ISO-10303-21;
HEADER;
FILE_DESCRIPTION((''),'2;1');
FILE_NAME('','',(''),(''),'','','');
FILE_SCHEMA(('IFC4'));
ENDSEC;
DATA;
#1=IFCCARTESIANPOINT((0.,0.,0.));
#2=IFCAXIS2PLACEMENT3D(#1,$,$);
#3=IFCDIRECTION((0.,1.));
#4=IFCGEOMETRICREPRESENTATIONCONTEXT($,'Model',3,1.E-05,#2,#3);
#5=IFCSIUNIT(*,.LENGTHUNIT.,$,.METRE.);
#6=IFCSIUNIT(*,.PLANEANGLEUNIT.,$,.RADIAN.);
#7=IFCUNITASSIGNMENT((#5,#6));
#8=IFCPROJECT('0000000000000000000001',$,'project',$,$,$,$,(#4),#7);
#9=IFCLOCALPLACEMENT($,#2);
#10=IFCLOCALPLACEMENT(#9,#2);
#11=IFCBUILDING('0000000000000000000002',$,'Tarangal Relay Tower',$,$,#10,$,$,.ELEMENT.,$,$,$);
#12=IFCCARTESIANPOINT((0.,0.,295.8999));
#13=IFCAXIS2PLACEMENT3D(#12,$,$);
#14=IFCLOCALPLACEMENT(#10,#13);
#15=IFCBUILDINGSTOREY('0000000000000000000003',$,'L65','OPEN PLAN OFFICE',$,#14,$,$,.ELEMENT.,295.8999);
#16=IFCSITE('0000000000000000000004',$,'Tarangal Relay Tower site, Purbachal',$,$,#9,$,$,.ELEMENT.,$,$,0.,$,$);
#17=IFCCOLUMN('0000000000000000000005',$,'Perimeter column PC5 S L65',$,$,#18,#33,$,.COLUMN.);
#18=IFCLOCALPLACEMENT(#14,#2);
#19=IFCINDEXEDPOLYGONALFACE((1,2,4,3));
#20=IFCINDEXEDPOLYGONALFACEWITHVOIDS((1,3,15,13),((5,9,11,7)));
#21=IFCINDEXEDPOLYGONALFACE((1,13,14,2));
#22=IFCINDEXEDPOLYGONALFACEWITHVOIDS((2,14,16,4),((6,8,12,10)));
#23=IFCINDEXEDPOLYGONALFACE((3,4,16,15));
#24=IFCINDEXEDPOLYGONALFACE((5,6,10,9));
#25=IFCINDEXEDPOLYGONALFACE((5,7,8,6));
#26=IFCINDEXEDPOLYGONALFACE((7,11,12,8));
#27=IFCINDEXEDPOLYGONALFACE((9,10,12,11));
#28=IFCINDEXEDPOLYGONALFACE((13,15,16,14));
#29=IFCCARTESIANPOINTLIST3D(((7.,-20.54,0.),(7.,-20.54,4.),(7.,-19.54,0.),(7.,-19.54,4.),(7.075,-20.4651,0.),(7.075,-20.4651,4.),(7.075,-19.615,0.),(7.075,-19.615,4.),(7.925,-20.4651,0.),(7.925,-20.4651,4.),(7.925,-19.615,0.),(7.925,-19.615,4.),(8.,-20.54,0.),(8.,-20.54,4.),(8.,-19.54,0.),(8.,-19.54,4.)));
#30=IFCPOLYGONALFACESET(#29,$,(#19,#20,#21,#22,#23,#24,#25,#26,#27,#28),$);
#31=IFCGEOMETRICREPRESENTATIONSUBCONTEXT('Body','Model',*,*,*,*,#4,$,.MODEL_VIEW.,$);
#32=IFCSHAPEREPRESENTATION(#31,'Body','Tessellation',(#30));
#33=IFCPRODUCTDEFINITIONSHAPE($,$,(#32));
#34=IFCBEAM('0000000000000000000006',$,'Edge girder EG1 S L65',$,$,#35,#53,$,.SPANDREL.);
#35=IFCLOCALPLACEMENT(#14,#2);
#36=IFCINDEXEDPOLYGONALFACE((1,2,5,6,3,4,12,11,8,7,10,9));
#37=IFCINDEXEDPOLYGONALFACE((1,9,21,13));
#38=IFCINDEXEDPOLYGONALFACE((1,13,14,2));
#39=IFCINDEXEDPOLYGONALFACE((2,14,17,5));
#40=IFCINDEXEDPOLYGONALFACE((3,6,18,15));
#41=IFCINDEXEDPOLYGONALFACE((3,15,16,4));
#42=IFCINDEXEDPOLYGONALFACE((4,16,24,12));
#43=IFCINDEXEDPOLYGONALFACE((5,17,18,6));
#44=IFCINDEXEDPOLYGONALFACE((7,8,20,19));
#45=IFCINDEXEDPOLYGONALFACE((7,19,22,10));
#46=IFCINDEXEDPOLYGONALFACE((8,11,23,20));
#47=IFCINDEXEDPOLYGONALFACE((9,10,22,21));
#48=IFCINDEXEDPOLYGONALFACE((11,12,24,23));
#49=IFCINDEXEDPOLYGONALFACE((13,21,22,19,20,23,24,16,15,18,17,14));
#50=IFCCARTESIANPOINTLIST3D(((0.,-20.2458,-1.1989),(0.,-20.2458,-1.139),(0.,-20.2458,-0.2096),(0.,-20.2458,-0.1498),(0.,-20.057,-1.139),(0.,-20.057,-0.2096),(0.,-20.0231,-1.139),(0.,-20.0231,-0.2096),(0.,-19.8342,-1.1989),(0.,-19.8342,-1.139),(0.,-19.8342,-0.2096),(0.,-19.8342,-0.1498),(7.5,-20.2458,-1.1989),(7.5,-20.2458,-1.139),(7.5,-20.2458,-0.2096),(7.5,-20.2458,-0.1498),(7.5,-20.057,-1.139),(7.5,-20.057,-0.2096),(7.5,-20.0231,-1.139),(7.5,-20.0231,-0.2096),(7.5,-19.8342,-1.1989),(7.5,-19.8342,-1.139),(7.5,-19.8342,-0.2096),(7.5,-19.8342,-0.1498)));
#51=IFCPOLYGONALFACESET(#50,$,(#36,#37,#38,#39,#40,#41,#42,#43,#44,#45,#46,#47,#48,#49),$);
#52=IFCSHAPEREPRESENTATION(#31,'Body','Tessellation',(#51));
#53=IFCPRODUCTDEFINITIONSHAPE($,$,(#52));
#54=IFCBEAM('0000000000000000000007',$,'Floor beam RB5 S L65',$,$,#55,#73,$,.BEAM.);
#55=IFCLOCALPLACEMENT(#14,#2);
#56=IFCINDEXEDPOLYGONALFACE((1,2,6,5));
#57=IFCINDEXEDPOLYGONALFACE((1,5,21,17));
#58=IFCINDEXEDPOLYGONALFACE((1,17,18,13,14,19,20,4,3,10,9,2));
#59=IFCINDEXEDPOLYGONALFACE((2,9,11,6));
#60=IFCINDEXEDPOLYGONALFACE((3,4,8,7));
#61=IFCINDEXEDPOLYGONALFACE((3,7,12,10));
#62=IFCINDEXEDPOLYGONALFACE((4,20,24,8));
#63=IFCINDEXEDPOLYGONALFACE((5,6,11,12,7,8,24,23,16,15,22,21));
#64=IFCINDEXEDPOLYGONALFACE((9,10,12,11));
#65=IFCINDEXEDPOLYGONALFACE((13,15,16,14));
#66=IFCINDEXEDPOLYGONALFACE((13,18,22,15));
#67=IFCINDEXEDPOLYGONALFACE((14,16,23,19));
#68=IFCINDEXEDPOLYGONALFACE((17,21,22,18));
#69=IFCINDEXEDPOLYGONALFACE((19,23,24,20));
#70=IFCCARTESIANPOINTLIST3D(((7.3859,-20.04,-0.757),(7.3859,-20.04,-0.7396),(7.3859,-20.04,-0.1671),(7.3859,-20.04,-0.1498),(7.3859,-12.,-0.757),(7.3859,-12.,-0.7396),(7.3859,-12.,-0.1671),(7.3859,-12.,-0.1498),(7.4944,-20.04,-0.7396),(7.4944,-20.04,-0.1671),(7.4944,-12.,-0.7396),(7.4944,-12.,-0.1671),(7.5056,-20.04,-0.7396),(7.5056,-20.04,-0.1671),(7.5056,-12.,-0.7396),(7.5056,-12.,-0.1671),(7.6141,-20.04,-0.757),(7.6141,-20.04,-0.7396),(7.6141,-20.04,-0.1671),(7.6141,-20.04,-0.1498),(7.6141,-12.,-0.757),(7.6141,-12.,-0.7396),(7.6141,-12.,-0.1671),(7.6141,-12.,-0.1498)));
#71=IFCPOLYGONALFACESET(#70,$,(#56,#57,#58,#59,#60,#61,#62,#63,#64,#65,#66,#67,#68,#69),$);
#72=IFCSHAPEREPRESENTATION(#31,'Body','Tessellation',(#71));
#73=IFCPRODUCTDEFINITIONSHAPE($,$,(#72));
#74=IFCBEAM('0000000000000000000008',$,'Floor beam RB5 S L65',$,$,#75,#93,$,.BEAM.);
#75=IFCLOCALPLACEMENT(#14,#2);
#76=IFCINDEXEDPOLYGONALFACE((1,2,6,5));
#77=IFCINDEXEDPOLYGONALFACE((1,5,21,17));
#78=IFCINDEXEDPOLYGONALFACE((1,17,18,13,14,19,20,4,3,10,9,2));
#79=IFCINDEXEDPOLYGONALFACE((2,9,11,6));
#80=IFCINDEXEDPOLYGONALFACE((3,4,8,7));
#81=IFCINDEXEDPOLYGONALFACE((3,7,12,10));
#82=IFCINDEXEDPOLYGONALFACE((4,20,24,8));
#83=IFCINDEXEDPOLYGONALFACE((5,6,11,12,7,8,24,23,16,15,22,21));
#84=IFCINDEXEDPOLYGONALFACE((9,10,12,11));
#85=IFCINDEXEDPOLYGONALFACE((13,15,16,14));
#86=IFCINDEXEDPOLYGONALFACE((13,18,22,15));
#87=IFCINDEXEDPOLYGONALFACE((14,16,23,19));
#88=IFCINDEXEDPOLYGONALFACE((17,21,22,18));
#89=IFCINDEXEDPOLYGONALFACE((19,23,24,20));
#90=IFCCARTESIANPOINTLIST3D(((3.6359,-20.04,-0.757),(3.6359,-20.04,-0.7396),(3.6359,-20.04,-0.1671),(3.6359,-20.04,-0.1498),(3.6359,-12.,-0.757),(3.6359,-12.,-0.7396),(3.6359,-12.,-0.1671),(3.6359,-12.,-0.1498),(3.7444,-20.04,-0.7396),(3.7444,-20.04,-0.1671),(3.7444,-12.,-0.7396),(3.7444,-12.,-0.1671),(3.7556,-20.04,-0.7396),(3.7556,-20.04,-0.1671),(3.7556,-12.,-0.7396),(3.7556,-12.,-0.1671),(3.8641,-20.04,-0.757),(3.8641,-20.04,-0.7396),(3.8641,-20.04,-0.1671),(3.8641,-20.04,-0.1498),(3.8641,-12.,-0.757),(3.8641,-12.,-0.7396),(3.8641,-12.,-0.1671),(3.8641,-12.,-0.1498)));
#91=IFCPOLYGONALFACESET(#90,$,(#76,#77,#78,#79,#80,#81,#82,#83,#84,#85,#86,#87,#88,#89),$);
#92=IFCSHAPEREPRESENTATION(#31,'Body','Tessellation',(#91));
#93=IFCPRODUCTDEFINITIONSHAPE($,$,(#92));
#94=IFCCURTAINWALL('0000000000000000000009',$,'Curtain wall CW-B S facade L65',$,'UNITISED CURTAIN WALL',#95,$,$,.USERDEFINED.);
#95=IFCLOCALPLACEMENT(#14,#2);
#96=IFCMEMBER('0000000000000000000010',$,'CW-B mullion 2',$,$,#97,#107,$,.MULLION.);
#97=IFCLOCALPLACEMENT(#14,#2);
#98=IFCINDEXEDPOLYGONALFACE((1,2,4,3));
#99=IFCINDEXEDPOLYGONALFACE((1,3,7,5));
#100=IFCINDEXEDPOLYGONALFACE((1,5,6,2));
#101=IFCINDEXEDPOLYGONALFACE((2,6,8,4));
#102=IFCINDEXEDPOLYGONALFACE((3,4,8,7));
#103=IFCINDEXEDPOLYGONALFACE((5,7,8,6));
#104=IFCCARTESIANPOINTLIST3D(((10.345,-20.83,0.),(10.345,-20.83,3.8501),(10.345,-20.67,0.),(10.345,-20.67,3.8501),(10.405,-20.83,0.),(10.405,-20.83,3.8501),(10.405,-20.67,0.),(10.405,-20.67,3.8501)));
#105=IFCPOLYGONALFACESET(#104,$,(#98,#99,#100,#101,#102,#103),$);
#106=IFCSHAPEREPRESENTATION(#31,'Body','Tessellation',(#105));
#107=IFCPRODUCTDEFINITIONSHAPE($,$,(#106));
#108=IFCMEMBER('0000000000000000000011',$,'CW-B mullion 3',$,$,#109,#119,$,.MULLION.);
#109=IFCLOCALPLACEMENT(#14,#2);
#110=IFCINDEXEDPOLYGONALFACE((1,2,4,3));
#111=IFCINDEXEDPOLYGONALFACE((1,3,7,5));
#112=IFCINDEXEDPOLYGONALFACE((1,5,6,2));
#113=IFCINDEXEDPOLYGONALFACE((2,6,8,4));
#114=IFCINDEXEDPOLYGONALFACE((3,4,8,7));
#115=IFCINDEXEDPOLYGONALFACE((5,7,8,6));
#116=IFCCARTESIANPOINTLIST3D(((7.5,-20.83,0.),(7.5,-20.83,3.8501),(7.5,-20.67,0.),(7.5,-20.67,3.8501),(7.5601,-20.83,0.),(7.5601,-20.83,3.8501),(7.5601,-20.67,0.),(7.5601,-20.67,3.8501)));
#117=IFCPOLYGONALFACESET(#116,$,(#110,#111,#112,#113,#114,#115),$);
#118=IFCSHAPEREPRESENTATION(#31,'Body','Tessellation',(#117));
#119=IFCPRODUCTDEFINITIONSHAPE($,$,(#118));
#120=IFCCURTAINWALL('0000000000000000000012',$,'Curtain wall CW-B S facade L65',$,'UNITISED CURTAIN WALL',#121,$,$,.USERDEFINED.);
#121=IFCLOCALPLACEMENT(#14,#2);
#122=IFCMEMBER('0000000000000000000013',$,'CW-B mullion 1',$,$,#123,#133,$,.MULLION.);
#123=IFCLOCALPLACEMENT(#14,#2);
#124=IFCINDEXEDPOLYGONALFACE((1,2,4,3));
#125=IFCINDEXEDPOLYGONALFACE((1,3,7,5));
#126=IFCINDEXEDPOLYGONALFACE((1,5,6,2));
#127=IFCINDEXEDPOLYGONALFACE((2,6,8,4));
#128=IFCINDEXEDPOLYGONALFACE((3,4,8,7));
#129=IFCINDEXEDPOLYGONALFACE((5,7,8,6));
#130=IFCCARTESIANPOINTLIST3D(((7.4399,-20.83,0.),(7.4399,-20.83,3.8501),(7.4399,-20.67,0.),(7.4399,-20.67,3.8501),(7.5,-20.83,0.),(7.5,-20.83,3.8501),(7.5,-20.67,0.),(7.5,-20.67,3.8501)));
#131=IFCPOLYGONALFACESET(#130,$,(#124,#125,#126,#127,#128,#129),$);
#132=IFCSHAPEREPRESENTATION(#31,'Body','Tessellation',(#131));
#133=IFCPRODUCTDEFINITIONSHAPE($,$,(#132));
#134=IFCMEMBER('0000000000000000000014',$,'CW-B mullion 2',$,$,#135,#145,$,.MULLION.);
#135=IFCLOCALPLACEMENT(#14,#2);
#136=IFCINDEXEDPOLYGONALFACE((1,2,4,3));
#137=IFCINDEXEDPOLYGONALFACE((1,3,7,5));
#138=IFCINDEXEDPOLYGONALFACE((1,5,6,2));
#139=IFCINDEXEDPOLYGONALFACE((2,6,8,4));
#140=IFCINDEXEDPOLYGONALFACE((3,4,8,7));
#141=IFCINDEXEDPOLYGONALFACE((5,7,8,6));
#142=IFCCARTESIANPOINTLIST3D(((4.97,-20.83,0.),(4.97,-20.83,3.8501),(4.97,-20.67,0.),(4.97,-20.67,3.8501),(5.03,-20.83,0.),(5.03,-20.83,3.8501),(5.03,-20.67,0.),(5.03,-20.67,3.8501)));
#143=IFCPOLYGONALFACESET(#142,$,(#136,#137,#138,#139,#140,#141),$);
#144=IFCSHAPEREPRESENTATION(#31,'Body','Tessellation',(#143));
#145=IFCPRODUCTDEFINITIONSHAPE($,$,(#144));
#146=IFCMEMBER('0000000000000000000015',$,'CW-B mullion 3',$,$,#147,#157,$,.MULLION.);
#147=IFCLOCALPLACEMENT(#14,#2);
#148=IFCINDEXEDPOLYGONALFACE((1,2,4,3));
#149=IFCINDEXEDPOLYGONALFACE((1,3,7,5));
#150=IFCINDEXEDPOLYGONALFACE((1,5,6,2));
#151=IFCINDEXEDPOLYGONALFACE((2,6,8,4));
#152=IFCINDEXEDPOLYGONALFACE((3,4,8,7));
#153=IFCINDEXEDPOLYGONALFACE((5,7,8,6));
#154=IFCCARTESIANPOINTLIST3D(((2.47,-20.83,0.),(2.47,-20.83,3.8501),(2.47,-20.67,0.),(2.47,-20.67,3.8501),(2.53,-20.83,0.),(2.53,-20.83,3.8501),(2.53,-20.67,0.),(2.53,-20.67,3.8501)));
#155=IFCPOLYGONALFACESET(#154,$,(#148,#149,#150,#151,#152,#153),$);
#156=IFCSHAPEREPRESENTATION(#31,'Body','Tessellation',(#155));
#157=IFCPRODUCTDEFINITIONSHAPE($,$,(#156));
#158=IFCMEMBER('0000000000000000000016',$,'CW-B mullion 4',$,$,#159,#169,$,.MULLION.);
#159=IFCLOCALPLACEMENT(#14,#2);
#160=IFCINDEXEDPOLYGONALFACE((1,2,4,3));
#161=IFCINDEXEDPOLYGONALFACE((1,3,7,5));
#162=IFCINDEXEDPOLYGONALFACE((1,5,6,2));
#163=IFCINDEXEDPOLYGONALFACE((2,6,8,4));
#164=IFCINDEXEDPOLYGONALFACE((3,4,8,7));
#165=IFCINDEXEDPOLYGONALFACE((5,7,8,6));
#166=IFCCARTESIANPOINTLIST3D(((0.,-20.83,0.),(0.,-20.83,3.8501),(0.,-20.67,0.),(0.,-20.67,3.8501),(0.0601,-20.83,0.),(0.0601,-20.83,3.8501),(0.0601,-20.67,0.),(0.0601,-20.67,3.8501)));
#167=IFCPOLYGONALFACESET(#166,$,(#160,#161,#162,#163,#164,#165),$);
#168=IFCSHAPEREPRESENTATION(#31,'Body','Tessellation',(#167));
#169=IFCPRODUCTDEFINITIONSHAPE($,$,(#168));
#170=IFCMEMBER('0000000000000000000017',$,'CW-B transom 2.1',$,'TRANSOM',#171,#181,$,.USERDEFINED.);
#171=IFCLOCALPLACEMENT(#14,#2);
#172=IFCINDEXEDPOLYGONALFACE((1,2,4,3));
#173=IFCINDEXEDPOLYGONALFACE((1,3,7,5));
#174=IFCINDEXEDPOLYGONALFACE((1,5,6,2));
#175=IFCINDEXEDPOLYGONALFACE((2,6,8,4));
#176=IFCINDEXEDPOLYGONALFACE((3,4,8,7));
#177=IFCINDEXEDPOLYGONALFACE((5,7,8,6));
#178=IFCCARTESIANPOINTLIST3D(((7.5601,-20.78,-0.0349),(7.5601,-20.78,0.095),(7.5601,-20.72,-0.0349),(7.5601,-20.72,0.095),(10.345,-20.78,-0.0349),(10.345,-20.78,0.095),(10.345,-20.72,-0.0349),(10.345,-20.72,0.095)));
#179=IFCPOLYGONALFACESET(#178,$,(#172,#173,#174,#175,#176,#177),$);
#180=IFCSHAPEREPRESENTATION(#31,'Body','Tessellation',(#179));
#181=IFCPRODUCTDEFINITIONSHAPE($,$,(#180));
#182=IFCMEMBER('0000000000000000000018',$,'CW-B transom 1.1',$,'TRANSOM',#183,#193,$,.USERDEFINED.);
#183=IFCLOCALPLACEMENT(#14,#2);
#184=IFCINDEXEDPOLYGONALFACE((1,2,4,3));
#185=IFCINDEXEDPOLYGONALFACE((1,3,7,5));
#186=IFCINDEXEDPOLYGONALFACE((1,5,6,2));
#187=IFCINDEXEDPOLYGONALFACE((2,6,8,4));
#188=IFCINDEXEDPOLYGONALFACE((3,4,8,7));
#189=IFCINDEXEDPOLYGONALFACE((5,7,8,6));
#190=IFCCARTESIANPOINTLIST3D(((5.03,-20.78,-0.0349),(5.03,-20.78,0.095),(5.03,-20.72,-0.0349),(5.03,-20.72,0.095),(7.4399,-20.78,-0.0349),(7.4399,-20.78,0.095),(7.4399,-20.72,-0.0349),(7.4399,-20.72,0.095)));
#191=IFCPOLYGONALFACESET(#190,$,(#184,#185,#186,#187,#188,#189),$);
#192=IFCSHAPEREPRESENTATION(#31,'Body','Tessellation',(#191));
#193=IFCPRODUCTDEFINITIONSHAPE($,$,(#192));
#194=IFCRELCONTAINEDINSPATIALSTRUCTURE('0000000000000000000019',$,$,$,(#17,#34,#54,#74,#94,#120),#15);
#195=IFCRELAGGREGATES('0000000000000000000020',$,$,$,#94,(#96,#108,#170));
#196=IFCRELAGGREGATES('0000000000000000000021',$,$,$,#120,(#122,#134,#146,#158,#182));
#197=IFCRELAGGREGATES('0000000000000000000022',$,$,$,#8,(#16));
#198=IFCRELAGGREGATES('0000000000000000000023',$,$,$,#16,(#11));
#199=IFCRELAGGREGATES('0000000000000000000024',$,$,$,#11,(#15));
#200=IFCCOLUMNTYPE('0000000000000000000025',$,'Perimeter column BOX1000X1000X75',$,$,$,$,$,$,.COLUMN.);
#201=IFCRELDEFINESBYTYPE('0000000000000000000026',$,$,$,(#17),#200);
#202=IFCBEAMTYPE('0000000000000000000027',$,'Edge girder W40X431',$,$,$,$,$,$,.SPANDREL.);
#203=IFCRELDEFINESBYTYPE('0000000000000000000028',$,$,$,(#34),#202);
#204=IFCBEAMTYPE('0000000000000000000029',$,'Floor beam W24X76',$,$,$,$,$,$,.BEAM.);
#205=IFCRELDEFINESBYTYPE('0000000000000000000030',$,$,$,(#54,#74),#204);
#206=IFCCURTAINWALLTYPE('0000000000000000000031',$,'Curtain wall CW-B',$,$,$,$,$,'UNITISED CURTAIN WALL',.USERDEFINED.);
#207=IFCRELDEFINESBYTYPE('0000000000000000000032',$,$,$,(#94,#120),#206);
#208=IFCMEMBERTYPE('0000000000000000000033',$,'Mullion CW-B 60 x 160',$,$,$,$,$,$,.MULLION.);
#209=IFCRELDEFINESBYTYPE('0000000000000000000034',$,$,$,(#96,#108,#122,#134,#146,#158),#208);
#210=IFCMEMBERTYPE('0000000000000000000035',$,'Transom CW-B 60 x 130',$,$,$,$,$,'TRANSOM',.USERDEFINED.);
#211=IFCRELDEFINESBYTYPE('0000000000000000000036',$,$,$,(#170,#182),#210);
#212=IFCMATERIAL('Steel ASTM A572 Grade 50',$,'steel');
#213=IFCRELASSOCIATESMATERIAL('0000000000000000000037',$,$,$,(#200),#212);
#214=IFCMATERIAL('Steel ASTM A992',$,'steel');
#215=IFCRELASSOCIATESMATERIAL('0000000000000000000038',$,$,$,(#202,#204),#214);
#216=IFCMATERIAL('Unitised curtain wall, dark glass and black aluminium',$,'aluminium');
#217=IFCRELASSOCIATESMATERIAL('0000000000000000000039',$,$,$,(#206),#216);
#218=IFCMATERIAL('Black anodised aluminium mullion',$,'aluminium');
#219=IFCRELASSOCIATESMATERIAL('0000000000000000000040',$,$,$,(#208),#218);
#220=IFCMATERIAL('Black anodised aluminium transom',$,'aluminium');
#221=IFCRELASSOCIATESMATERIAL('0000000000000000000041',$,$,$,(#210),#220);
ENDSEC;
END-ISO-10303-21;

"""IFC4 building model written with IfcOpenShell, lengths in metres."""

from ifc_helpers import new_model, si_unit, direction, frame, origin, origin_2d, place, context, subcontext, project, spatial, rectangle, hollow_rectangle, i_section, extrude, material, material_profile, profile_set, type_object, element, aggregate, save


model = new_model("IFC4")

# Units and contexts
model_context = context("Model", 3, precision=1e-05, world=origin(), true_north=direction((0.0, 1.0)))
body_context = subcontext(model_context, "Body", "Model", "MODEL_VIEW")
ifc_project = project(units=[si_unit("LENGTHUNIT", "METRE"), si_unit("PLANEANGLEUNIT", "RADIAN")], contexts=[model_context])

# Site, building, storey
site_placement = place(None, origin())
site = spatial("IfcSite", under=ifc_project, at=site_placement, Name="Tarangal Relay Tower site, Purbachal", CompositionType="ELEMENT", RefElevation=0.0)
building_placement = place(site_placement, origin())
building = spatial("IfcBuilding", under=site, at=building_placement, Name="Tarangal Relay Tower", CompositionType="ELEMENT")
storey_placement = place(building_placement, frame((0.0, 0.0, 295.8999)))
storey = spatial("IfcBuildingStorey", under=building, at=storey_placement, Name="L65", Description="OPEN PLAN OFFICE", CompositionType="ELEMENT", Elevation=295.8999)

# Column
ifc_material_1 = material(Name="Steel ASTM A572 Grade 50", Category="steel")
ifc_material_profile_1 = material_profile(ifc_material_1, hollow_rectangle(XDim=1.0, YDim=1.0, WallThickness=0.075, at=origin_2d()), Name="BOX1000X1000X75")
ifc_profile_set_1 = profile_set([ifc_material_profile_1], Name="Steel ASTM A572 Grade 50")
column_type = type_object("IfcColumnType", Name="Perimeter column BOX1000X1000X75", PredefinedType="COLUMN", material=ifc_profile_set_1)
column_placement = place(storey_placement, frame((7.5, -20.04, 0.0), z_axis=(0.0, 0.0, 1.0), x_axis=(1.0, 0.0, 0.0)))
element("IfcColumn", 1, at=column_placement, inside=storey, type_object=column_type, Name="Perimeter column PC5 S L65", PredefinedType="COLUMN", context=body_context, shape_type="SweptSolid", body=[
    extrude(hollow_rectangle(XDim=1.0, YDim=1.0, WallThickness=0.075, at=origin_2d()), origin(), (0.0, 0.0, 1.0), 4.0),
])

# Beams
ifc_material_2 = material(Name="Steel ASTM A992", Category="steel")
ifc_material_profile_2 = material_profile(ifc_material_2, i_section(OverallWidth=0.4116, OverallDepth=1.0491, WebThickness=0.0339, FlangeThickness=0.0598, at=origin_2d()), Name="W40X431")
ifc_profile_set_2 = profile_set([ifc_material_profile_2], Name="Steel ASTM A992")
beam_type_1 = type_object("IfcBeamType", Name="Edge girder W40X431", PredefinedType="SPANDREL", material=ifc_profile_set_2)
beam_placement = place(storey_placement, frame((7.5, -20.04, -0.6743), z_axis=(-1.0, 0.0, 0.0), x_axis=(0.0, -1.0, 0.0)))
element("IfcBeam", 2, at=beam_placement, inside=storey, type_object=beam_type_1, Name="Edge girder EG1 S L65", PredefinedType="SPANDREL", context=body_context, shape_type="SweptSolid", body=[
    extrude(i_section(OverallWidth=0.4116, OverallDepth=1.0491, WebThickness=0.0339, FlangeThickness=0.0598, at=origin_2d()), origin(), (0.0, 0.0, 1.0), 7.5),
])
ifc_material_profile_3 = material_profile(ifc_material_2, i_section(OverallWidth=0.2283, OverallDepth=0.6072, WebThickness=0.0112, FlangeThickness=0.0173, at=origin_2d()), Name="W24X76")
ifc_profile_set_3 = profile_set([ifc_material_profile_3], Name="Steel ASTM A992")
beam_type_2 = type_object("IfcBeamType", Name="Floor beam W24X76", PredefinedType="BEAM", material=ifc_profile_set_3)
for number, where, z_axis, x_axis, name in (
    (3, (7.5, -12.0, -0.4534), (0.0, -1.0, 0.0), (1.0, 0.0, 0.0), "Floor beam RB5 S L65"),
    (4, (3.75, -12.0, -0.4534), (0.0, -1.0, 0.0), (1.0, 0.0, 0.0), "Floor beam RB5 S L65"),
):
    element("IfcBeam", number, at=place(storey_placement, frame(where, z_axis=z_axis, x_axis=x_axis)), inside=storey, type_object=beam_type_2, Name=name, PredefinedType="BEAM", context=body_context, shape_type="SweptSolid", body=[
        extrude(i_section(OverallWidth=0.2283, OverallDepth=0.6072, WebThickness=0.0112, FlangeThickness=0.0173, at=origin_2d()), origin(), (0.0, 0.0, 1.0), 8.04),
    ])

# Curtain walls, members
ifc_material_3 = material(Name="Unitised curtain wall, dark glass and black aluminium", Category="aluminium")
curtain_wall_type = type_object("IfcCurtainWallType", Name="Curtain wall CW-B", ElementType="UNITISED CURTAIN WALL", PredefinedType="USERDEFINED", material=ifc_material_3)
curtain_wall_1_placement = place(storey_placement, origin())
curtain_wall_1 = element("IfcCurtainWall", 5, at=curtain_wall_1_placement, inside=storey, type_object=curtain_wall_type, Name="Curtain wall CW-B S facade L65", ObjectType="UNITISED CURTAIN WALL", PredefinedType="USERDEFINED")
ifc_material_4 = material(Name="Black anodised aluminium mullion", Category="aluminium")
ifc_material_profile_4 = material_profile(ifc_material_4, rectangle(XDim=0.1599, YDim=0.0601, at=origin_2d()), Name="CW-BM 60X160")
ifc_profile_set_4 = profile_set([ifc_material_profile_4], Name="Black anodised aluminium mullion")
member_type_1 = type_object("IfcMemberType", Name="Mullion CW-B 60 x 160", PredefinedType="MULLION", material=ifc_profile_set_4)
member_1_placement = place(storey_placement, frame((10.375, -20.75, 0.0), z_axis=(0.0, 0.0, 1.0), x_axis=(0.0, -1.0, 0.0)))
member_1 = element("IfcMember", 6, at=member_1_placement, type_object=member_type_1, Name="CW-B mullion 2", PredefinedType="MULLION", context=body_context, shape_type="SweptSolid", body=[
    extrude(rectangle(XDim=0.1599, YDim=0.0601, at=origin_2d()), origin(), (0.0, 0.0, 1.0), 3.8501),
])
member_2_placement = place(storey_placement, frame((7.53, -20.75, 0.0), z_axis=(0.0, 0.0, 1.0), x_axis=(0.0, -1.0, 0.0)))
member_2 = element("IfcMember", 7, at=member_2_placement, type_object=member_type_1, Name="CW-B mullion 3", PredefinedType="MULLION", context=body_context, shape_type="SweptSolid", body=[
    extrude(rectangle(XDim=0.1599, YDim=0.0601, at=origin_2d()), origin(), (0.0, 0.0, 1.0), 3.8501),
])
curtain_wall_2_placement = place(storey_placement, origin())
curtain_wall_2 = element("IfcCurtainWall", 8, at=curtain_wall_2_placement, inside=storey, type_object=curtain_wall_type, Name="Curtain wall CW-B S facade L65", ObjectType="UNITISED CURTAIN WALL", PredefinedType="USERDEFINED")
member_3_placement = place(storey_placement, frame((7.47, -20.75, 0.0), z_axis=(0.0, 0.0, 1.0), x_axis=(0.0, -1.0, 0.0)))
member_3 = element("IfcMember", 9, at=member_3_placement, type_object=member_type_1, Name="CW-B mullion 1", PredefinedType="MULLION", context=body_context, shape_type="SweptSolid", body=[
    extrude(rectangle(XDim=0.1599, YDim=0.0601, at=origin_2d()), origin(), (0.0, 0.0, 1.0), 3.8501),
])
member_4_placement = place(storey_placement, frame((5.0, -20.75, 0.0), z_axis=(0.0, 0.0, 1.0), x_axis=(0.0, -1.0, 0.0)))
member_4 = element("IfcMember", 10, at=member_4_placement, type_object=member_type_1, Name="CW-B mullion 2", PredefinedType="MULLION", context=body_context, shape_type="SweptSolid", body=[
    extrude(rectangle(XDim=0.1599, YDim=0.0601, at=origin_2d()), origin(), (0.0, 0.0, 1.0), 3.8501),
])
member_5_placement = place(storey_placement, frame((2.5, -20.75, 0.0), z_axis=(0.0, 0.0, 1.0), x_axis=(0.0, -1.0, 0.0)))
member_5 = element("IfcMember", 11, at=member_5_placement, type_object=member_type_1, Name="CW-B mullion 3", PredefinedType="MULLION", context=body_context, shape_type="SweptSolid", body=[
    extrude(rectangle(XDim=0.1599, YDim=0.0601, at=origin_2d()), origin(), (0.0, 0.0, 1.0), 3.8501),
])
member_6_placement = place(storey_placement, frame((0.03, -20.75, 0.0), z_axis=(0.0, 0.0, 1.0), x_axis=(0.0, -1.0, 0.0)))
member_6 = element("IfcMember", 12, at=member_6_placement, type_object=member_type_1, Name="CW-B mullion 4", PredefinedType="MULLION", context=body_context, shape_type="SweptSolid", body=[
    extrude(rectangle(XDim=0.1599, YDim=0.0601, at=origin_2d()), origin(), (0.0, 0.0, 1.0), 3.8501),
])

# Members
ifc_material_5 = material(Name="Black anodised aluminium transom", Category="aluminium")
ifc_material_profile_5 = material_profile(ifc_material_5, rectangle(XDim=0.0601, YDim=0.1299, at=origin_2d()), Name="CW-BT 60X130")
ifc_profile_set_5 = profile_set([ifc_material_profile_5], Name="Black anodised aluminium transom")
member_type_2 = type_object("IfcMemberType", Name="Transom CW-B 60 x 130", ElementType="TRANSOM", PredefinedType="USERDEFINED", material=ifc_profile_set_5)
member_7_placement = place(storey_placement, frame((10.345, -20.75, 0.03), z_axis=(-1.0, 0.0, 0.0), x_axis=(0.0, -1.0, 0.0)))
member_7 = element("IfcMember", 13, at=member_7_placement, type_object=member_type_2, Name="CW-B transom 2.1", ObjectType="TRANSOM", PredefinedType="USERDEFINED", context=body_context, shape_type="SweptSolid", body=[
    extrude(rectangle(XDim=0.0601, YDim=0.1299, at=origin_2d()), origin(), (0.0, 0.0, 1.0), 2.7849),
])
member_8_placement = place(storey_placement, frame((7.4399, -20.75, 0.03), z_axis=(-1.0, 0.0, 0.0), x_axis=(0.0, -1.0, 0.0)))
member_8 = element("IfcMember", 14, at=member_8_placement, type_object=member_type_2, Name="CW-B transom 1.1", ObjectType="TRANSOM", PredefinedType="USERDEFINED", context=body_context, shape_type="SweptSolid", body=[
    extrude(rectangle(XDim=0.0601, YDim=0.1299, at=origin_2d()), origin(), (0.0, 0.0, 1.0), 2.4099),
])

aggregate(curtain_wall_1, [member_1, member_2, member_7])
aggregate(curtain_wall_2, [member_3, member_4, member_5, member_6, member_8])

save(model, "model.ifc")
